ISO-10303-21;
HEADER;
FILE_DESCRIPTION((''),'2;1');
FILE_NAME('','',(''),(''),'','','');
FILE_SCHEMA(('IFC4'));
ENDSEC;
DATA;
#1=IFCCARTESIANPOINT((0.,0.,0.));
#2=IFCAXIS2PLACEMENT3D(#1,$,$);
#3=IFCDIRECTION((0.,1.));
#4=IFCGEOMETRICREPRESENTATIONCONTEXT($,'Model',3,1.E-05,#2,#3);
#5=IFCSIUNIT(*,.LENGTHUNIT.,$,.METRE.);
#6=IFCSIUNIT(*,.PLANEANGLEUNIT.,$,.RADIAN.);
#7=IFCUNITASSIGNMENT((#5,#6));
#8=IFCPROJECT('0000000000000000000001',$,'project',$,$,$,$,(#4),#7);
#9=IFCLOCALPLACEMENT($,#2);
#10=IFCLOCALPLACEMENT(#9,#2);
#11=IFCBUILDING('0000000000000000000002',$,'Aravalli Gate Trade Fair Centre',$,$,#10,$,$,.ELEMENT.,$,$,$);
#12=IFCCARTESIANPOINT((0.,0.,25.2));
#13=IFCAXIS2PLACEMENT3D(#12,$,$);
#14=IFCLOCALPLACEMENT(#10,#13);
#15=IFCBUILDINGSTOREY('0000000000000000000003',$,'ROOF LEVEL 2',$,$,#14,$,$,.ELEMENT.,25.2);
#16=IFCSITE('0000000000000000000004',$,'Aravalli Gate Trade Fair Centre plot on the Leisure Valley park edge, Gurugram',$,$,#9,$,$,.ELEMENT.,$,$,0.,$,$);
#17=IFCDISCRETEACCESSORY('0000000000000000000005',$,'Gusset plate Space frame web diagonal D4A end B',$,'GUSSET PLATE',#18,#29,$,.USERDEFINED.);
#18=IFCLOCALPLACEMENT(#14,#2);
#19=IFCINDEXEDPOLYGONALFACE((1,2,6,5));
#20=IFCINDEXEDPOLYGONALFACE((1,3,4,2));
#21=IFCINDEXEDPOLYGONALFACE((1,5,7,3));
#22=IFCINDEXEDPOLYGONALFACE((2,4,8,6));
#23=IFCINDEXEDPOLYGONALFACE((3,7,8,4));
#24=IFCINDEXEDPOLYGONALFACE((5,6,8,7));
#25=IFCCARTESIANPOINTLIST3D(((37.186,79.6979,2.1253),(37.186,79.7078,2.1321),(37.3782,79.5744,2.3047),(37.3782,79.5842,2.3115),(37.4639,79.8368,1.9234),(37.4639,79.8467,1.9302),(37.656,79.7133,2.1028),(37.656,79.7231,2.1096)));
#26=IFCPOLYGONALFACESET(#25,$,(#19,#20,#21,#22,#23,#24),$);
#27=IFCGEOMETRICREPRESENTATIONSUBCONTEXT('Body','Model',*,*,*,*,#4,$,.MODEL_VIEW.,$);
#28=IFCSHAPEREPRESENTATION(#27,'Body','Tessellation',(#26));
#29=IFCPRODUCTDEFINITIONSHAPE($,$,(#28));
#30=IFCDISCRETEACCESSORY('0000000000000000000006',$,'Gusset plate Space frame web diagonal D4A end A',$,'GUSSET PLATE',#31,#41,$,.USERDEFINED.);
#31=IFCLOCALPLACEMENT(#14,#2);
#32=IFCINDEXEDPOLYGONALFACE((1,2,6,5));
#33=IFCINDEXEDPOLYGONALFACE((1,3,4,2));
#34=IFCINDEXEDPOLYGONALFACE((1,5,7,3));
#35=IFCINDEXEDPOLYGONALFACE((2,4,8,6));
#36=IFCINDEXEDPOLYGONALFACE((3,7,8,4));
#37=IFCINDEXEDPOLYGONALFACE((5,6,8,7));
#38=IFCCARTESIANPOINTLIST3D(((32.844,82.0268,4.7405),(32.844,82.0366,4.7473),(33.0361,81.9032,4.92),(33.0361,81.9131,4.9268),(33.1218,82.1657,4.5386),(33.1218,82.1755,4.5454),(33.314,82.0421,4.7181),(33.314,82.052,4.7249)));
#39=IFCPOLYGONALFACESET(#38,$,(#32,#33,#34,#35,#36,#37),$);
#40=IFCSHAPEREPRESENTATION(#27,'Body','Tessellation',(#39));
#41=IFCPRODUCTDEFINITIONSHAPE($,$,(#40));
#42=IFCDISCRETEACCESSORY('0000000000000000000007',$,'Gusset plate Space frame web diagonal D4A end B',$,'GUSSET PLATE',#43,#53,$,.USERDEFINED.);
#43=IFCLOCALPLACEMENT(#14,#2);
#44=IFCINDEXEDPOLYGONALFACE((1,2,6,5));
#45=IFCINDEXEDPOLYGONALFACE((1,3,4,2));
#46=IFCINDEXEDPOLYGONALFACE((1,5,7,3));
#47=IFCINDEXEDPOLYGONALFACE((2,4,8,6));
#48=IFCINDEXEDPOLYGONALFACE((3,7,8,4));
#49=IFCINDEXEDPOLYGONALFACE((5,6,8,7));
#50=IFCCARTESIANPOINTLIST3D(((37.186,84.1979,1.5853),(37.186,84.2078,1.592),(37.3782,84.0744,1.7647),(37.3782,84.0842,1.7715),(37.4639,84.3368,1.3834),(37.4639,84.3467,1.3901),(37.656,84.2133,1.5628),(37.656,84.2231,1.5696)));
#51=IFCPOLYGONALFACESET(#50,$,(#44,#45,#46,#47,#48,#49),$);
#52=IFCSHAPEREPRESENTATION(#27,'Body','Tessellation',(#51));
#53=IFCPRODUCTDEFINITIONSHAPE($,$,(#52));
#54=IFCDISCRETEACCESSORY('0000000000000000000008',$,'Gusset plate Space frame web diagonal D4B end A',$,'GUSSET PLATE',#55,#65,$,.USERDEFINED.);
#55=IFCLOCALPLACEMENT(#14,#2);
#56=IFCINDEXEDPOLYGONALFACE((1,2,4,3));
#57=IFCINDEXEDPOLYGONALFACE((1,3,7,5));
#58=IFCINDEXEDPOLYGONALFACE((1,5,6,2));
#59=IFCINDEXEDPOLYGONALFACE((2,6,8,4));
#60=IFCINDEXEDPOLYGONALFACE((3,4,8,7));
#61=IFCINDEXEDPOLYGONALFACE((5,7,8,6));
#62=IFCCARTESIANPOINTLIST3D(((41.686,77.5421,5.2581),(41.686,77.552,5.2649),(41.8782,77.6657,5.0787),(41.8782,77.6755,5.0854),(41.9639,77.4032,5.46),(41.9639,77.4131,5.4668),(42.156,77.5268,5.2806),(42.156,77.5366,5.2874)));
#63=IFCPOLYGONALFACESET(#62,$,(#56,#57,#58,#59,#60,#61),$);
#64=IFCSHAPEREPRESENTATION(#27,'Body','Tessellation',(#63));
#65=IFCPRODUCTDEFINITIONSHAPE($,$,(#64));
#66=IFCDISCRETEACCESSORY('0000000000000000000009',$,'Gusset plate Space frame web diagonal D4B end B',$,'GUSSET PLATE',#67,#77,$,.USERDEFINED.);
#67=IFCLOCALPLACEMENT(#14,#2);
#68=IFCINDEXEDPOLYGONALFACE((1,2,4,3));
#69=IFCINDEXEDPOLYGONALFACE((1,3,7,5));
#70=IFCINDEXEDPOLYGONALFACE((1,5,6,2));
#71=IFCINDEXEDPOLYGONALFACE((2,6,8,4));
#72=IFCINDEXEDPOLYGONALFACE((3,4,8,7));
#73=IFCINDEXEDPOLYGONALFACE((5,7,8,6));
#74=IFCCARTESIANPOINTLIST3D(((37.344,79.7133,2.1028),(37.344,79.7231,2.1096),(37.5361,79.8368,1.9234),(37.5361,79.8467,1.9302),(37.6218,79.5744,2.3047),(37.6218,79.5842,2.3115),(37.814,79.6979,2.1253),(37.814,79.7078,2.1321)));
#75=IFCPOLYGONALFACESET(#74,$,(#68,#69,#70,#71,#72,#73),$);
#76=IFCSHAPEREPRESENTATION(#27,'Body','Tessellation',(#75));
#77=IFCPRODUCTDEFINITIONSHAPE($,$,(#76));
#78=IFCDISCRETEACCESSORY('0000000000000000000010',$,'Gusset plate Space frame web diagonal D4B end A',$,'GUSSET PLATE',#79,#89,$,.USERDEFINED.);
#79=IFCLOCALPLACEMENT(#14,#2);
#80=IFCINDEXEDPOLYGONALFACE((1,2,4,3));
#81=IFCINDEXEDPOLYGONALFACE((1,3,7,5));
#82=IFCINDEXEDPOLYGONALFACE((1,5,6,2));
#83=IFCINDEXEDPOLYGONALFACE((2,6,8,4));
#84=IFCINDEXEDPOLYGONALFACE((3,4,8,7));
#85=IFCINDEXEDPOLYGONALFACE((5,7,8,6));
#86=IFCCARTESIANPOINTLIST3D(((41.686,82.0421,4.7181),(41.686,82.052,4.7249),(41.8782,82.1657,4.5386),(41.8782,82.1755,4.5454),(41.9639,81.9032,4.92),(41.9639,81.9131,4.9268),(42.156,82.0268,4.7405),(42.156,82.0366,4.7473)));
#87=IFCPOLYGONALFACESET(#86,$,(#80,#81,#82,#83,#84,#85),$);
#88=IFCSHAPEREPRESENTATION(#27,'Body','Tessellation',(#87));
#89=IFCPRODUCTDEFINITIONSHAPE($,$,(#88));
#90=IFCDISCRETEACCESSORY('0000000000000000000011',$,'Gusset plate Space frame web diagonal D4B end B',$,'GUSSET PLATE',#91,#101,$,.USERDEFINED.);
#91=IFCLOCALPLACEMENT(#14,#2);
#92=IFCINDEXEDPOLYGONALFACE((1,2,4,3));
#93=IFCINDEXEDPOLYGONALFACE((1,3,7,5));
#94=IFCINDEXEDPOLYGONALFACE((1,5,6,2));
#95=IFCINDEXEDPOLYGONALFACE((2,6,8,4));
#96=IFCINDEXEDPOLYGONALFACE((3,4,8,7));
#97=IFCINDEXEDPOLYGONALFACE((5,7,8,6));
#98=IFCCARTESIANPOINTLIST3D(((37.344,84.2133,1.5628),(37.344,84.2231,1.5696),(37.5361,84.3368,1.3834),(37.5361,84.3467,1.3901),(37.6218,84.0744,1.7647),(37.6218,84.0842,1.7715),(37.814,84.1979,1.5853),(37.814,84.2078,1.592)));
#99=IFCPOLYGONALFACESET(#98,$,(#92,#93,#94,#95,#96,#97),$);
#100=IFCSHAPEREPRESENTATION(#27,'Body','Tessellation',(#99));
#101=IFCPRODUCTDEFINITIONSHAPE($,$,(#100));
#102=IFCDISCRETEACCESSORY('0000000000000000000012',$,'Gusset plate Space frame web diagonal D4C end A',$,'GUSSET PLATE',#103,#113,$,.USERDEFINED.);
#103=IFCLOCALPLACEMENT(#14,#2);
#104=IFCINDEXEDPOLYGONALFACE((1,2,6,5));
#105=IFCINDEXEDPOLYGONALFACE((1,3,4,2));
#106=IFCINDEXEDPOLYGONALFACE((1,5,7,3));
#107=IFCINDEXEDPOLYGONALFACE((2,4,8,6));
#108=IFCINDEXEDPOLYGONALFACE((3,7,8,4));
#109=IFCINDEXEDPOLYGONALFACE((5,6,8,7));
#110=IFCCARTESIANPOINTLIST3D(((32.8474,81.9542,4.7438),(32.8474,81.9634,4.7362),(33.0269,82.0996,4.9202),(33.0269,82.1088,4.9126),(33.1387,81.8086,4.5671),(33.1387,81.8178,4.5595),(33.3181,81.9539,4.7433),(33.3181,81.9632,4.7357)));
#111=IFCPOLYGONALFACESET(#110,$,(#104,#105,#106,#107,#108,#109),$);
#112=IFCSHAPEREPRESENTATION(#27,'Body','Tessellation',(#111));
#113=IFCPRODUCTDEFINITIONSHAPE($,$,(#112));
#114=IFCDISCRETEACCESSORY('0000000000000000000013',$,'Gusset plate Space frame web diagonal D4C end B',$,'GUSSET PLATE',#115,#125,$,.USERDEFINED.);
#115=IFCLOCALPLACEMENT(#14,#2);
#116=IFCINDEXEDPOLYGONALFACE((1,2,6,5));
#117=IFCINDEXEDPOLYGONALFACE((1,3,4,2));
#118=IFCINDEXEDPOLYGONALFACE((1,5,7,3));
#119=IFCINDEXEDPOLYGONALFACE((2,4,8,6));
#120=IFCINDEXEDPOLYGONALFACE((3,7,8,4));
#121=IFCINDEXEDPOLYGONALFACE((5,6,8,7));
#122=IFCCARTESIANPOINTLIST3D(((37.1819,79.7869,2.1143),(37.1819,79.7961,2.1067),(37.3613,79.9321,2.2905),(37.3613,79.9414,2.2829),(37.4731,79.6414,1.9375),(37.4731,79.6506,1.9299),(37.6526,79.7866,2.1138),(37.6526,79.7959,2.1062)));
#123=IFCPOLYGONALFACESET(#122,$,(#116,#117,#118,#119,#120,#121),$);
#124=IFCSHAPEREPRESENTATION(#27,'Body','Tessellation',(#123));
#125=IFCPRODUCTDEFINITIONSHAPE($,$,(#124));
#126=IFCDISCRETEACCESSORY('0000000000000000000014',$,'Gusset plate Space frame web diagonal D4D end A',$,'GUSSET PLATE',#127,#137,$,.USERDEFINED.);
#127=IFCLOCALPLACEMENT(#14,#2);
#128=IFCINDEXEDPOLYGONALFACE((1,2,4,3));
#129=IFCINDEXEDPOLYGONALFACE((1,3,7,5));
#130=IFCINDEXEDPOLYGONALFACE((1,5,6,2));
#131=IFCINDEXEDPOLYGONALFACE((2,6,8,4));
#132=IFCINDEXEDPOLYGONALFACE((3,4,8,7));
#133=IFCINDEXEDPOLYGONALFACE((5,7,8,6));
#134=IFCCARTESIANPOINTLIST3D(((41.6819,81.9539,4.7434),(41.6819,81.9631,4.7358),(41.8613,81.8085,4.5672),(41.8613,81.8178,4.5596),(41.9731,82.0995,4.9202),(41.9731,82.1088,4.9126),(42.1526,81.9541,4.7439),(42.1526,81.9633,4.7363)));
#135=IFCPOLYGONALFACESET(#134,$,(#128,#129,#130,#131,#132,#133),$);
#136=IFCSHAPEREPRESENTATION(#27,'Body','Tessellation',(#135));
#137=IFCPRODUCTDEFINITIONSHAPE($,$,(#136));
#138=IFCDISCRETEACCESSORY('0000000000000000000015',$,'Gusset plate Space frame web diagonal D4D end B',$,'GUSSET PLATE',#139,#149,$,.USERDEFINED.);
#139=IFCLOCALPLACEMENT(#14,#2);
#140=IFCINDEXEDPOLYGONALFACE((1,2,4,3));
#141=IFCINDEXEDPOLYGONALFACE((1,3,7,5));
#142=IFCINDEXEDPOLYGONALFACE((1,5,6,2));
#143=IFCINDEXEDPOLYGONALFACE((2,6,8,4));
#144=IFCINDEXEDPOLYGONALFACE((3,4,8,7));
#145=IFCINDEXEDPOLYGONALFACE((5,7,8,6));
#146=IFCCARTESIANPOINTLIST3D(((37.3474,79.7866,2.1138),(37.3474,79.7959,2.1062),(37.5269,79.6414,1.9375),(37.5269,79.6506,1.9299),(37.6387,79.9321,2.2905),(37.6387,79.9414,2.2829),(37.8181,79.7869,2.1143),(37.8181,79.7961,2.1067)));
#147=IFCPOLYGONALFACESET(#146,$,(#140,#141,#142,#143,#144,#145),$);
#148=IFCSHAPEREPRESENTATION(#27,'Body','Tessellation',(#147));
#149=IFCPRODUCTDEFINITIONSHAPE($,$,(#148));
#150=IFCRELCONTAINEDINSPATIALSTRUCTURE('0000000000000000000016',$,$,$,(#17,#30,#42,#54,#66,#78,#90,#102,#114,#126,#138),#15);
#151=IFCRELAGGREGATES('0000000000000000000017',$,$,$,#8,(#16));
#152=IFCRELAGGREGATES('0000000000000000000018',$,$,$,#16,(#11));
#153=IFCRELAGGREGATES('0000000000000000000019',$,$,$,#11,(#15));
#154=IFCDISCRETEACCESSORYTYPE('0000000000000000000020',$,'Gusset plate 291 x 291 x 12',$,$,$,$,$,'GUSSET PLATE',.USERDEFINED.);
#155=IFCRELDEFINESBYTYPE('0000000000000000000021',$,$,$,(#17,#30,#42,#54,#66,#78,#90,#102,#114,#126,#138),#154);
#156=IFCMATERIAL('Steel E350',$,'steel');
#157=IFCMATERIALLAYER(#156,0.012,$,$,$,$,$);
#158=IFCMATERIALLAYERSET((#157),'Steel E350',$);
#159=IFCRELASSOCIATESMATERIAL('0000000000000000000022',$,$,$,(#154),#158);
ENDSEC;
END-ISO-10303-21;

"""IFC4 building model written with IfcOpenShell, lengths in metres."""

from ifc_helpers import new_model, si_unit, direction, frame, origin, place, context, subcontext, project, spatial, polyline, outline, extrude, material, layer, layer_set, type_object, element, save


model = new_model("IFC4")

# Units and contexts
model_context = context("Model", 3, precision=1e-05, world=origin(), true_north=direction((0.0, 1.0)))
body_context = subcontext(model_context, "Body", "Model", "MODEL_VIEW")
ifc_project = project(units=[si_unit("LENGTHUNIT", "METRE"), si_unit("PLANEANGLEUNIT", "RADIAN")], contexts=[model_context])

# Site, building, storey
site_placement = place(None, origin())
site = spatial("IfcSite", under=ifc_project, at=site_placement, Name="Aravalli Gate Trade Fair Centre plot on the Leisure Valley park edge, Gurugram", CompositionType="ELEMENT", RefElevation=0.0)
building_placement = place(site_placement, origin())
building = spatial("IfcBuilding", under=site, at=building_placement, Name="Aravalli Gate Trade Fair Centre", CompositionType="ELEMENT")
storey_placement = place(building_placement, frame((0.0, 0.0, 25.2)))
storey = spatial("IfcBuildingStorey", under=building, at=storey_placement, Name="ROOF LEVEL 2", CompositionType="ELEMENT", Elevation=25.2)

# Shared definitions
ifc_material = material(Name="Steel E350", Category="steel")

# Discrete accessories
ifc_layer = layer(ifc_material, 0.012)
ifc_layer_set = layer_set([ifc_layer], Name="Steel E350")
discrete_accessory_type = type_object("IfcDiscreteAccessoryType", Name="Gusset plate 291 x 291 x 12", ElementType="GUSSET PLATE", PredefinedType="USERDEFINED", material=ifc_layer_set)
discrete_accessory_1_placement = place(storey_placement, frame((37.186, 79.7078, 2.1321), z_axis=(0.000137, 0.82375, 0.566952), x_axis=(0.749929, 0.374965, -0.544984)))
element("IfcDiscreteAccessory", 1, at=discrete_accessory_1_placement, inside=storey, type_object=discrete_accessory_type, Name="Gusset plate Space frame web diagonal D4A end B", ObjectType="GUSSET PLATE", PredefinedType="USERDEFINED", context=body_context, shape_type="SweptSolid", body=[
    extrude(outline(polyline([(0.0, 0.0), (0.3705, 0.0), (0.3705, -0.2905), (0.0, -0.2905), (0.0, 0.0)])), origin(), (0.0, 0.0, -1.0), 0.012),
])
discrete_accessory_2_placement = place(storey_placement, frame((33.1218, 82.1755, 4.5454), z_axis=(0.000137, 0.82375, 0.566952), x_axis=(-0.749929, -0.374965, 0.544984)))
element("IfcDiscreteAccessory", 2, at=discrete_accessory_2_placement, inside=storey, type_object=discrete_accessory_type, Name="Gusset plate Space frame web diagonal D4A end A", ObjectType="GUSSET PLATE", PredefinedType="USERDEFINED", context=body_context, shape_type="SweptSolid", body=[
    extrude(outline(polyline([(0.0, 0.0), (0.3705, 0.0), (0.3705, 0.2905), (0.0, 0.2905), (0.0, 0.0)])), origin(), (0.0, 0.0, -1.0), 0.012),
])
discrete_accessory_3_placement = place(storey_placement, frame((37.186, 84.2078, 1.592), z_axis=(0.000137, 0.82375, 0.566952), x_axis=(0.749929, 0.374965, -0.544984)))
element("IfcDiscreteAccessory", 3, at=discrete_accessory_3_placement, inside=storey, type_object=discrete_accessory_type, Name="Gusset plate Space frame web diagonal D4A end B", ObjectType="GUSSET PLATE", PredefinedType="USERDEFINED", context=body_context, shape_type="SweptSolid", body=[
    extrude(outline(polyline([(0.0, 0.0), (0.3705, 0.0), (0.3705, -0.2905), (0.0, -0.2905), (0.0, 0.0)])), origin(), (0.0, 0.0, -1.0), 0.012),
])
discrete_accessory_4_placement = place(storey_placement, frame((41.686, 77.552, 5.2649), z_axis=(-0.000137, 0.82375, 0.566952), x_axis=(0.749929, -0.374965, 0.544984)))
element("IfcDiscreteAccessory", 4, at=discrete_accessory_4_placement, inside=storey, type_object=discrete_accessory_type, Name="Gusset plate Space frame web diagonal D4B end A", ObjectType="GUSSET PLATE", PredefinedType="USERDEFINED", context=body_context, shape_type="SweptSolid", body=[
    extrude(outline(polyline([(0.0, 0.0), (0.3705, 0.0), (0.3705, 0.2905), (0.0, 0.2905), (0.0, 0.0)])), origin(), (0.0, 0.0, -1.0), 0.012),
])
discrete_accessory_5_placement = place(storey_placement, frame((37.6218, 79.5842, 2.3115), z_axis=(-0.000137, 0.82375, 0.566952), x_axis=(-0.749929, 0.374965, -0.544984)))
element("IfcDiscreteAccessory", 5, at=discrete_accessory_5_placement, inside=storey, type_object=discrete_accessory_type, Name="Gusset plate Space frame web diagonal D4B end B", ObjectType="GUSSET PLATE", PredefinedType="USERDEFINED", context=body_context, shape_type="SweptSolid", body=[
    extrude(outline(polyline([(0.0, 0.0), (0.3705, 0.0), (0.3705, -0.2905), (0.0, -0.2905), (0.0, 0.0)])), origin(), (0.0, 0.0, -1.0), 0.012),
])
discrete_accessory_6_placement = place(storey_placement, frame((41.686, 82.052, 4.7249), z_axis=(-0.000137, 0.82375, 0.566952), x_axis=(0.749929, -0.374965, 0.544984)))
element("IfcDiscreteAccessory", 6, at=discrete_accessory_6_placement, inside=storey, type_object=discrete_accessory_type, Name="Gusset plate Space frame web diagonal D4B end A", ObjectType="GUSSET PLATE", PredefinedType="USERDEFINED", context=body_context, shape_type="SweptSolid", body=[
    extrude(outline(polyline([(0.0, 0.0), (0.3705, 0.0), (0.3705, 0.2905), (0.0, 0.2905), (0.0, 0.0)])), origin(), (0.0, 0.0, -1.0), 0.012),
])
discrete_accessory_7_placement = place(storey_placement, frame((37.6218, 84.0842, 1.7715), z_axis=(-0.000137, 0.82375, 0.566952), x_axis=(-0.749929, 0.374965, -0.544984)))
element("IfcDiscreteAccessory", 7, at=discrete_accessory_7_placement, inside=storey, type_object=discrete_accessory_type, Name="Gusset plate Space frame web diagonal D4B end B", ObjectType="GUSSET PLATE", PredefinedType="USERDEFINED", context=body_context, shape_type="SweptSolid", body=[
    extrude(outline(polyline([(0.0, 0.0), (0.3705, 0.0), (0.3705, -0.2905), (0.0, -0.2905), (0.0, 0.0)])), origin(), (0.0, 0.0, -1.0), 0.012),
])
discrete_accessory_8_placement = place(storey_placement, frame((33.1387, 81.8086, 4.5671), z_axis=(0.00026, -0.771582, 0.63613), x_axis=(-0.78619, 0.392962, 0.476956)))
element("IfcDiscreteAccessory", 8, at=discrete_accessory_8_placement, inside=storey, type_object=discrete_accessory_type, Name="Gusset plate Space frame web diagonal D4C end A", ObjectType="GUSSET PLATE", PredefinedType="USERDEFINED", context=body_context, shape_type="SweptSolid", body=[
    extrude(outline(polyline([(0.0, 0.0), (0.3705, 0.0), (0.3706, -0.2906), (0.0001, -0.2905), (0.0, 0.0)])), origin(), (0.0, 0.0, -1.0), 0.012),
])
discrete_accessory_9_placement = place(storey_placement, frame((37.1819, 79.7869, 2.1143), z_axis=(0.000259, -0.771844, 0.635812), x_axis=(0.78619, -0.392765, -0.477118)))
element("IfcDiscreteAccessory", 9, at=discrete_accessory_9_placement, inside=storey, type_object=discrete_accessory_type, Name="Gusset plate Space frame web diagonal D4C end B", ObjectType="GUSSET PLATE", PredefinedType="USERDEFINED", context=body_context, shape_type="SweptSolid", body=[
    extrude(outline(polyline([(0.0, 0.0), (0.3705, 0.0), (0.3704, 0.2905), (-0.0001, 0.2905), (0.0, 0.0)])), origin(), (0.0, 0.0, -1.0), 0.012),
])
discrete_accessory_10_placement = place(storey_placement, frame((41.6819, 81.9539, 4.7434), z_axis=(-0.00026, -0.771582, 0.63613), x_axis=(0.785986, 0.393126, 0.477156)))
element("IfcDiscreteAccessory", 10, at=discrete_accessory_10_placement, inside=storey, type_object=discrete_accessory_type, Name="Gusset plate Space frame web diagonal D4D end A", ObjectType="GUSSET PLATE", PredefinedType="USERDEFINED", context=body_context, shape_type="SweptSolid", body=[
    extrude(outline(polyline([(0.0, 0.0), (0.3706, 0.0), (0.3703, -0.2906), (-0.0002, -0.2905), (0.0, 0.0)])), origin(), (0.0, 0.0, -1.0), 0.012),
])
discrete_accessory_11_placement = place(storey_placement, frame((37.6387, 79.9321, 2.2905), z_axis=(-0.000259, -0.771844, 0.635812), x_axis=(-0.78619, -0.392765, -0.477118)))
element("IfcDiscreteAccessory", 11, at=discrete_accessory_11_placement, inside=storey, type_object=discrete_accessory_type, Name="Gusset plate Space frame web diagonal D4D end B", ObjectType="GUSSET PLATE", PredefinedType="USERDEFINED", context=body_context, shape_type="SweptSolid", body=[
    extrude(outline(polyline([(0.0, 0.0), (0.3705, 0.0), (0.3705, 0.2905), (0.0001, 0.2905), (0.0, 0.0)])), origin(), (0.0, 0.0, -1.0), 0.012),
])

save(model, "model.ifc")
